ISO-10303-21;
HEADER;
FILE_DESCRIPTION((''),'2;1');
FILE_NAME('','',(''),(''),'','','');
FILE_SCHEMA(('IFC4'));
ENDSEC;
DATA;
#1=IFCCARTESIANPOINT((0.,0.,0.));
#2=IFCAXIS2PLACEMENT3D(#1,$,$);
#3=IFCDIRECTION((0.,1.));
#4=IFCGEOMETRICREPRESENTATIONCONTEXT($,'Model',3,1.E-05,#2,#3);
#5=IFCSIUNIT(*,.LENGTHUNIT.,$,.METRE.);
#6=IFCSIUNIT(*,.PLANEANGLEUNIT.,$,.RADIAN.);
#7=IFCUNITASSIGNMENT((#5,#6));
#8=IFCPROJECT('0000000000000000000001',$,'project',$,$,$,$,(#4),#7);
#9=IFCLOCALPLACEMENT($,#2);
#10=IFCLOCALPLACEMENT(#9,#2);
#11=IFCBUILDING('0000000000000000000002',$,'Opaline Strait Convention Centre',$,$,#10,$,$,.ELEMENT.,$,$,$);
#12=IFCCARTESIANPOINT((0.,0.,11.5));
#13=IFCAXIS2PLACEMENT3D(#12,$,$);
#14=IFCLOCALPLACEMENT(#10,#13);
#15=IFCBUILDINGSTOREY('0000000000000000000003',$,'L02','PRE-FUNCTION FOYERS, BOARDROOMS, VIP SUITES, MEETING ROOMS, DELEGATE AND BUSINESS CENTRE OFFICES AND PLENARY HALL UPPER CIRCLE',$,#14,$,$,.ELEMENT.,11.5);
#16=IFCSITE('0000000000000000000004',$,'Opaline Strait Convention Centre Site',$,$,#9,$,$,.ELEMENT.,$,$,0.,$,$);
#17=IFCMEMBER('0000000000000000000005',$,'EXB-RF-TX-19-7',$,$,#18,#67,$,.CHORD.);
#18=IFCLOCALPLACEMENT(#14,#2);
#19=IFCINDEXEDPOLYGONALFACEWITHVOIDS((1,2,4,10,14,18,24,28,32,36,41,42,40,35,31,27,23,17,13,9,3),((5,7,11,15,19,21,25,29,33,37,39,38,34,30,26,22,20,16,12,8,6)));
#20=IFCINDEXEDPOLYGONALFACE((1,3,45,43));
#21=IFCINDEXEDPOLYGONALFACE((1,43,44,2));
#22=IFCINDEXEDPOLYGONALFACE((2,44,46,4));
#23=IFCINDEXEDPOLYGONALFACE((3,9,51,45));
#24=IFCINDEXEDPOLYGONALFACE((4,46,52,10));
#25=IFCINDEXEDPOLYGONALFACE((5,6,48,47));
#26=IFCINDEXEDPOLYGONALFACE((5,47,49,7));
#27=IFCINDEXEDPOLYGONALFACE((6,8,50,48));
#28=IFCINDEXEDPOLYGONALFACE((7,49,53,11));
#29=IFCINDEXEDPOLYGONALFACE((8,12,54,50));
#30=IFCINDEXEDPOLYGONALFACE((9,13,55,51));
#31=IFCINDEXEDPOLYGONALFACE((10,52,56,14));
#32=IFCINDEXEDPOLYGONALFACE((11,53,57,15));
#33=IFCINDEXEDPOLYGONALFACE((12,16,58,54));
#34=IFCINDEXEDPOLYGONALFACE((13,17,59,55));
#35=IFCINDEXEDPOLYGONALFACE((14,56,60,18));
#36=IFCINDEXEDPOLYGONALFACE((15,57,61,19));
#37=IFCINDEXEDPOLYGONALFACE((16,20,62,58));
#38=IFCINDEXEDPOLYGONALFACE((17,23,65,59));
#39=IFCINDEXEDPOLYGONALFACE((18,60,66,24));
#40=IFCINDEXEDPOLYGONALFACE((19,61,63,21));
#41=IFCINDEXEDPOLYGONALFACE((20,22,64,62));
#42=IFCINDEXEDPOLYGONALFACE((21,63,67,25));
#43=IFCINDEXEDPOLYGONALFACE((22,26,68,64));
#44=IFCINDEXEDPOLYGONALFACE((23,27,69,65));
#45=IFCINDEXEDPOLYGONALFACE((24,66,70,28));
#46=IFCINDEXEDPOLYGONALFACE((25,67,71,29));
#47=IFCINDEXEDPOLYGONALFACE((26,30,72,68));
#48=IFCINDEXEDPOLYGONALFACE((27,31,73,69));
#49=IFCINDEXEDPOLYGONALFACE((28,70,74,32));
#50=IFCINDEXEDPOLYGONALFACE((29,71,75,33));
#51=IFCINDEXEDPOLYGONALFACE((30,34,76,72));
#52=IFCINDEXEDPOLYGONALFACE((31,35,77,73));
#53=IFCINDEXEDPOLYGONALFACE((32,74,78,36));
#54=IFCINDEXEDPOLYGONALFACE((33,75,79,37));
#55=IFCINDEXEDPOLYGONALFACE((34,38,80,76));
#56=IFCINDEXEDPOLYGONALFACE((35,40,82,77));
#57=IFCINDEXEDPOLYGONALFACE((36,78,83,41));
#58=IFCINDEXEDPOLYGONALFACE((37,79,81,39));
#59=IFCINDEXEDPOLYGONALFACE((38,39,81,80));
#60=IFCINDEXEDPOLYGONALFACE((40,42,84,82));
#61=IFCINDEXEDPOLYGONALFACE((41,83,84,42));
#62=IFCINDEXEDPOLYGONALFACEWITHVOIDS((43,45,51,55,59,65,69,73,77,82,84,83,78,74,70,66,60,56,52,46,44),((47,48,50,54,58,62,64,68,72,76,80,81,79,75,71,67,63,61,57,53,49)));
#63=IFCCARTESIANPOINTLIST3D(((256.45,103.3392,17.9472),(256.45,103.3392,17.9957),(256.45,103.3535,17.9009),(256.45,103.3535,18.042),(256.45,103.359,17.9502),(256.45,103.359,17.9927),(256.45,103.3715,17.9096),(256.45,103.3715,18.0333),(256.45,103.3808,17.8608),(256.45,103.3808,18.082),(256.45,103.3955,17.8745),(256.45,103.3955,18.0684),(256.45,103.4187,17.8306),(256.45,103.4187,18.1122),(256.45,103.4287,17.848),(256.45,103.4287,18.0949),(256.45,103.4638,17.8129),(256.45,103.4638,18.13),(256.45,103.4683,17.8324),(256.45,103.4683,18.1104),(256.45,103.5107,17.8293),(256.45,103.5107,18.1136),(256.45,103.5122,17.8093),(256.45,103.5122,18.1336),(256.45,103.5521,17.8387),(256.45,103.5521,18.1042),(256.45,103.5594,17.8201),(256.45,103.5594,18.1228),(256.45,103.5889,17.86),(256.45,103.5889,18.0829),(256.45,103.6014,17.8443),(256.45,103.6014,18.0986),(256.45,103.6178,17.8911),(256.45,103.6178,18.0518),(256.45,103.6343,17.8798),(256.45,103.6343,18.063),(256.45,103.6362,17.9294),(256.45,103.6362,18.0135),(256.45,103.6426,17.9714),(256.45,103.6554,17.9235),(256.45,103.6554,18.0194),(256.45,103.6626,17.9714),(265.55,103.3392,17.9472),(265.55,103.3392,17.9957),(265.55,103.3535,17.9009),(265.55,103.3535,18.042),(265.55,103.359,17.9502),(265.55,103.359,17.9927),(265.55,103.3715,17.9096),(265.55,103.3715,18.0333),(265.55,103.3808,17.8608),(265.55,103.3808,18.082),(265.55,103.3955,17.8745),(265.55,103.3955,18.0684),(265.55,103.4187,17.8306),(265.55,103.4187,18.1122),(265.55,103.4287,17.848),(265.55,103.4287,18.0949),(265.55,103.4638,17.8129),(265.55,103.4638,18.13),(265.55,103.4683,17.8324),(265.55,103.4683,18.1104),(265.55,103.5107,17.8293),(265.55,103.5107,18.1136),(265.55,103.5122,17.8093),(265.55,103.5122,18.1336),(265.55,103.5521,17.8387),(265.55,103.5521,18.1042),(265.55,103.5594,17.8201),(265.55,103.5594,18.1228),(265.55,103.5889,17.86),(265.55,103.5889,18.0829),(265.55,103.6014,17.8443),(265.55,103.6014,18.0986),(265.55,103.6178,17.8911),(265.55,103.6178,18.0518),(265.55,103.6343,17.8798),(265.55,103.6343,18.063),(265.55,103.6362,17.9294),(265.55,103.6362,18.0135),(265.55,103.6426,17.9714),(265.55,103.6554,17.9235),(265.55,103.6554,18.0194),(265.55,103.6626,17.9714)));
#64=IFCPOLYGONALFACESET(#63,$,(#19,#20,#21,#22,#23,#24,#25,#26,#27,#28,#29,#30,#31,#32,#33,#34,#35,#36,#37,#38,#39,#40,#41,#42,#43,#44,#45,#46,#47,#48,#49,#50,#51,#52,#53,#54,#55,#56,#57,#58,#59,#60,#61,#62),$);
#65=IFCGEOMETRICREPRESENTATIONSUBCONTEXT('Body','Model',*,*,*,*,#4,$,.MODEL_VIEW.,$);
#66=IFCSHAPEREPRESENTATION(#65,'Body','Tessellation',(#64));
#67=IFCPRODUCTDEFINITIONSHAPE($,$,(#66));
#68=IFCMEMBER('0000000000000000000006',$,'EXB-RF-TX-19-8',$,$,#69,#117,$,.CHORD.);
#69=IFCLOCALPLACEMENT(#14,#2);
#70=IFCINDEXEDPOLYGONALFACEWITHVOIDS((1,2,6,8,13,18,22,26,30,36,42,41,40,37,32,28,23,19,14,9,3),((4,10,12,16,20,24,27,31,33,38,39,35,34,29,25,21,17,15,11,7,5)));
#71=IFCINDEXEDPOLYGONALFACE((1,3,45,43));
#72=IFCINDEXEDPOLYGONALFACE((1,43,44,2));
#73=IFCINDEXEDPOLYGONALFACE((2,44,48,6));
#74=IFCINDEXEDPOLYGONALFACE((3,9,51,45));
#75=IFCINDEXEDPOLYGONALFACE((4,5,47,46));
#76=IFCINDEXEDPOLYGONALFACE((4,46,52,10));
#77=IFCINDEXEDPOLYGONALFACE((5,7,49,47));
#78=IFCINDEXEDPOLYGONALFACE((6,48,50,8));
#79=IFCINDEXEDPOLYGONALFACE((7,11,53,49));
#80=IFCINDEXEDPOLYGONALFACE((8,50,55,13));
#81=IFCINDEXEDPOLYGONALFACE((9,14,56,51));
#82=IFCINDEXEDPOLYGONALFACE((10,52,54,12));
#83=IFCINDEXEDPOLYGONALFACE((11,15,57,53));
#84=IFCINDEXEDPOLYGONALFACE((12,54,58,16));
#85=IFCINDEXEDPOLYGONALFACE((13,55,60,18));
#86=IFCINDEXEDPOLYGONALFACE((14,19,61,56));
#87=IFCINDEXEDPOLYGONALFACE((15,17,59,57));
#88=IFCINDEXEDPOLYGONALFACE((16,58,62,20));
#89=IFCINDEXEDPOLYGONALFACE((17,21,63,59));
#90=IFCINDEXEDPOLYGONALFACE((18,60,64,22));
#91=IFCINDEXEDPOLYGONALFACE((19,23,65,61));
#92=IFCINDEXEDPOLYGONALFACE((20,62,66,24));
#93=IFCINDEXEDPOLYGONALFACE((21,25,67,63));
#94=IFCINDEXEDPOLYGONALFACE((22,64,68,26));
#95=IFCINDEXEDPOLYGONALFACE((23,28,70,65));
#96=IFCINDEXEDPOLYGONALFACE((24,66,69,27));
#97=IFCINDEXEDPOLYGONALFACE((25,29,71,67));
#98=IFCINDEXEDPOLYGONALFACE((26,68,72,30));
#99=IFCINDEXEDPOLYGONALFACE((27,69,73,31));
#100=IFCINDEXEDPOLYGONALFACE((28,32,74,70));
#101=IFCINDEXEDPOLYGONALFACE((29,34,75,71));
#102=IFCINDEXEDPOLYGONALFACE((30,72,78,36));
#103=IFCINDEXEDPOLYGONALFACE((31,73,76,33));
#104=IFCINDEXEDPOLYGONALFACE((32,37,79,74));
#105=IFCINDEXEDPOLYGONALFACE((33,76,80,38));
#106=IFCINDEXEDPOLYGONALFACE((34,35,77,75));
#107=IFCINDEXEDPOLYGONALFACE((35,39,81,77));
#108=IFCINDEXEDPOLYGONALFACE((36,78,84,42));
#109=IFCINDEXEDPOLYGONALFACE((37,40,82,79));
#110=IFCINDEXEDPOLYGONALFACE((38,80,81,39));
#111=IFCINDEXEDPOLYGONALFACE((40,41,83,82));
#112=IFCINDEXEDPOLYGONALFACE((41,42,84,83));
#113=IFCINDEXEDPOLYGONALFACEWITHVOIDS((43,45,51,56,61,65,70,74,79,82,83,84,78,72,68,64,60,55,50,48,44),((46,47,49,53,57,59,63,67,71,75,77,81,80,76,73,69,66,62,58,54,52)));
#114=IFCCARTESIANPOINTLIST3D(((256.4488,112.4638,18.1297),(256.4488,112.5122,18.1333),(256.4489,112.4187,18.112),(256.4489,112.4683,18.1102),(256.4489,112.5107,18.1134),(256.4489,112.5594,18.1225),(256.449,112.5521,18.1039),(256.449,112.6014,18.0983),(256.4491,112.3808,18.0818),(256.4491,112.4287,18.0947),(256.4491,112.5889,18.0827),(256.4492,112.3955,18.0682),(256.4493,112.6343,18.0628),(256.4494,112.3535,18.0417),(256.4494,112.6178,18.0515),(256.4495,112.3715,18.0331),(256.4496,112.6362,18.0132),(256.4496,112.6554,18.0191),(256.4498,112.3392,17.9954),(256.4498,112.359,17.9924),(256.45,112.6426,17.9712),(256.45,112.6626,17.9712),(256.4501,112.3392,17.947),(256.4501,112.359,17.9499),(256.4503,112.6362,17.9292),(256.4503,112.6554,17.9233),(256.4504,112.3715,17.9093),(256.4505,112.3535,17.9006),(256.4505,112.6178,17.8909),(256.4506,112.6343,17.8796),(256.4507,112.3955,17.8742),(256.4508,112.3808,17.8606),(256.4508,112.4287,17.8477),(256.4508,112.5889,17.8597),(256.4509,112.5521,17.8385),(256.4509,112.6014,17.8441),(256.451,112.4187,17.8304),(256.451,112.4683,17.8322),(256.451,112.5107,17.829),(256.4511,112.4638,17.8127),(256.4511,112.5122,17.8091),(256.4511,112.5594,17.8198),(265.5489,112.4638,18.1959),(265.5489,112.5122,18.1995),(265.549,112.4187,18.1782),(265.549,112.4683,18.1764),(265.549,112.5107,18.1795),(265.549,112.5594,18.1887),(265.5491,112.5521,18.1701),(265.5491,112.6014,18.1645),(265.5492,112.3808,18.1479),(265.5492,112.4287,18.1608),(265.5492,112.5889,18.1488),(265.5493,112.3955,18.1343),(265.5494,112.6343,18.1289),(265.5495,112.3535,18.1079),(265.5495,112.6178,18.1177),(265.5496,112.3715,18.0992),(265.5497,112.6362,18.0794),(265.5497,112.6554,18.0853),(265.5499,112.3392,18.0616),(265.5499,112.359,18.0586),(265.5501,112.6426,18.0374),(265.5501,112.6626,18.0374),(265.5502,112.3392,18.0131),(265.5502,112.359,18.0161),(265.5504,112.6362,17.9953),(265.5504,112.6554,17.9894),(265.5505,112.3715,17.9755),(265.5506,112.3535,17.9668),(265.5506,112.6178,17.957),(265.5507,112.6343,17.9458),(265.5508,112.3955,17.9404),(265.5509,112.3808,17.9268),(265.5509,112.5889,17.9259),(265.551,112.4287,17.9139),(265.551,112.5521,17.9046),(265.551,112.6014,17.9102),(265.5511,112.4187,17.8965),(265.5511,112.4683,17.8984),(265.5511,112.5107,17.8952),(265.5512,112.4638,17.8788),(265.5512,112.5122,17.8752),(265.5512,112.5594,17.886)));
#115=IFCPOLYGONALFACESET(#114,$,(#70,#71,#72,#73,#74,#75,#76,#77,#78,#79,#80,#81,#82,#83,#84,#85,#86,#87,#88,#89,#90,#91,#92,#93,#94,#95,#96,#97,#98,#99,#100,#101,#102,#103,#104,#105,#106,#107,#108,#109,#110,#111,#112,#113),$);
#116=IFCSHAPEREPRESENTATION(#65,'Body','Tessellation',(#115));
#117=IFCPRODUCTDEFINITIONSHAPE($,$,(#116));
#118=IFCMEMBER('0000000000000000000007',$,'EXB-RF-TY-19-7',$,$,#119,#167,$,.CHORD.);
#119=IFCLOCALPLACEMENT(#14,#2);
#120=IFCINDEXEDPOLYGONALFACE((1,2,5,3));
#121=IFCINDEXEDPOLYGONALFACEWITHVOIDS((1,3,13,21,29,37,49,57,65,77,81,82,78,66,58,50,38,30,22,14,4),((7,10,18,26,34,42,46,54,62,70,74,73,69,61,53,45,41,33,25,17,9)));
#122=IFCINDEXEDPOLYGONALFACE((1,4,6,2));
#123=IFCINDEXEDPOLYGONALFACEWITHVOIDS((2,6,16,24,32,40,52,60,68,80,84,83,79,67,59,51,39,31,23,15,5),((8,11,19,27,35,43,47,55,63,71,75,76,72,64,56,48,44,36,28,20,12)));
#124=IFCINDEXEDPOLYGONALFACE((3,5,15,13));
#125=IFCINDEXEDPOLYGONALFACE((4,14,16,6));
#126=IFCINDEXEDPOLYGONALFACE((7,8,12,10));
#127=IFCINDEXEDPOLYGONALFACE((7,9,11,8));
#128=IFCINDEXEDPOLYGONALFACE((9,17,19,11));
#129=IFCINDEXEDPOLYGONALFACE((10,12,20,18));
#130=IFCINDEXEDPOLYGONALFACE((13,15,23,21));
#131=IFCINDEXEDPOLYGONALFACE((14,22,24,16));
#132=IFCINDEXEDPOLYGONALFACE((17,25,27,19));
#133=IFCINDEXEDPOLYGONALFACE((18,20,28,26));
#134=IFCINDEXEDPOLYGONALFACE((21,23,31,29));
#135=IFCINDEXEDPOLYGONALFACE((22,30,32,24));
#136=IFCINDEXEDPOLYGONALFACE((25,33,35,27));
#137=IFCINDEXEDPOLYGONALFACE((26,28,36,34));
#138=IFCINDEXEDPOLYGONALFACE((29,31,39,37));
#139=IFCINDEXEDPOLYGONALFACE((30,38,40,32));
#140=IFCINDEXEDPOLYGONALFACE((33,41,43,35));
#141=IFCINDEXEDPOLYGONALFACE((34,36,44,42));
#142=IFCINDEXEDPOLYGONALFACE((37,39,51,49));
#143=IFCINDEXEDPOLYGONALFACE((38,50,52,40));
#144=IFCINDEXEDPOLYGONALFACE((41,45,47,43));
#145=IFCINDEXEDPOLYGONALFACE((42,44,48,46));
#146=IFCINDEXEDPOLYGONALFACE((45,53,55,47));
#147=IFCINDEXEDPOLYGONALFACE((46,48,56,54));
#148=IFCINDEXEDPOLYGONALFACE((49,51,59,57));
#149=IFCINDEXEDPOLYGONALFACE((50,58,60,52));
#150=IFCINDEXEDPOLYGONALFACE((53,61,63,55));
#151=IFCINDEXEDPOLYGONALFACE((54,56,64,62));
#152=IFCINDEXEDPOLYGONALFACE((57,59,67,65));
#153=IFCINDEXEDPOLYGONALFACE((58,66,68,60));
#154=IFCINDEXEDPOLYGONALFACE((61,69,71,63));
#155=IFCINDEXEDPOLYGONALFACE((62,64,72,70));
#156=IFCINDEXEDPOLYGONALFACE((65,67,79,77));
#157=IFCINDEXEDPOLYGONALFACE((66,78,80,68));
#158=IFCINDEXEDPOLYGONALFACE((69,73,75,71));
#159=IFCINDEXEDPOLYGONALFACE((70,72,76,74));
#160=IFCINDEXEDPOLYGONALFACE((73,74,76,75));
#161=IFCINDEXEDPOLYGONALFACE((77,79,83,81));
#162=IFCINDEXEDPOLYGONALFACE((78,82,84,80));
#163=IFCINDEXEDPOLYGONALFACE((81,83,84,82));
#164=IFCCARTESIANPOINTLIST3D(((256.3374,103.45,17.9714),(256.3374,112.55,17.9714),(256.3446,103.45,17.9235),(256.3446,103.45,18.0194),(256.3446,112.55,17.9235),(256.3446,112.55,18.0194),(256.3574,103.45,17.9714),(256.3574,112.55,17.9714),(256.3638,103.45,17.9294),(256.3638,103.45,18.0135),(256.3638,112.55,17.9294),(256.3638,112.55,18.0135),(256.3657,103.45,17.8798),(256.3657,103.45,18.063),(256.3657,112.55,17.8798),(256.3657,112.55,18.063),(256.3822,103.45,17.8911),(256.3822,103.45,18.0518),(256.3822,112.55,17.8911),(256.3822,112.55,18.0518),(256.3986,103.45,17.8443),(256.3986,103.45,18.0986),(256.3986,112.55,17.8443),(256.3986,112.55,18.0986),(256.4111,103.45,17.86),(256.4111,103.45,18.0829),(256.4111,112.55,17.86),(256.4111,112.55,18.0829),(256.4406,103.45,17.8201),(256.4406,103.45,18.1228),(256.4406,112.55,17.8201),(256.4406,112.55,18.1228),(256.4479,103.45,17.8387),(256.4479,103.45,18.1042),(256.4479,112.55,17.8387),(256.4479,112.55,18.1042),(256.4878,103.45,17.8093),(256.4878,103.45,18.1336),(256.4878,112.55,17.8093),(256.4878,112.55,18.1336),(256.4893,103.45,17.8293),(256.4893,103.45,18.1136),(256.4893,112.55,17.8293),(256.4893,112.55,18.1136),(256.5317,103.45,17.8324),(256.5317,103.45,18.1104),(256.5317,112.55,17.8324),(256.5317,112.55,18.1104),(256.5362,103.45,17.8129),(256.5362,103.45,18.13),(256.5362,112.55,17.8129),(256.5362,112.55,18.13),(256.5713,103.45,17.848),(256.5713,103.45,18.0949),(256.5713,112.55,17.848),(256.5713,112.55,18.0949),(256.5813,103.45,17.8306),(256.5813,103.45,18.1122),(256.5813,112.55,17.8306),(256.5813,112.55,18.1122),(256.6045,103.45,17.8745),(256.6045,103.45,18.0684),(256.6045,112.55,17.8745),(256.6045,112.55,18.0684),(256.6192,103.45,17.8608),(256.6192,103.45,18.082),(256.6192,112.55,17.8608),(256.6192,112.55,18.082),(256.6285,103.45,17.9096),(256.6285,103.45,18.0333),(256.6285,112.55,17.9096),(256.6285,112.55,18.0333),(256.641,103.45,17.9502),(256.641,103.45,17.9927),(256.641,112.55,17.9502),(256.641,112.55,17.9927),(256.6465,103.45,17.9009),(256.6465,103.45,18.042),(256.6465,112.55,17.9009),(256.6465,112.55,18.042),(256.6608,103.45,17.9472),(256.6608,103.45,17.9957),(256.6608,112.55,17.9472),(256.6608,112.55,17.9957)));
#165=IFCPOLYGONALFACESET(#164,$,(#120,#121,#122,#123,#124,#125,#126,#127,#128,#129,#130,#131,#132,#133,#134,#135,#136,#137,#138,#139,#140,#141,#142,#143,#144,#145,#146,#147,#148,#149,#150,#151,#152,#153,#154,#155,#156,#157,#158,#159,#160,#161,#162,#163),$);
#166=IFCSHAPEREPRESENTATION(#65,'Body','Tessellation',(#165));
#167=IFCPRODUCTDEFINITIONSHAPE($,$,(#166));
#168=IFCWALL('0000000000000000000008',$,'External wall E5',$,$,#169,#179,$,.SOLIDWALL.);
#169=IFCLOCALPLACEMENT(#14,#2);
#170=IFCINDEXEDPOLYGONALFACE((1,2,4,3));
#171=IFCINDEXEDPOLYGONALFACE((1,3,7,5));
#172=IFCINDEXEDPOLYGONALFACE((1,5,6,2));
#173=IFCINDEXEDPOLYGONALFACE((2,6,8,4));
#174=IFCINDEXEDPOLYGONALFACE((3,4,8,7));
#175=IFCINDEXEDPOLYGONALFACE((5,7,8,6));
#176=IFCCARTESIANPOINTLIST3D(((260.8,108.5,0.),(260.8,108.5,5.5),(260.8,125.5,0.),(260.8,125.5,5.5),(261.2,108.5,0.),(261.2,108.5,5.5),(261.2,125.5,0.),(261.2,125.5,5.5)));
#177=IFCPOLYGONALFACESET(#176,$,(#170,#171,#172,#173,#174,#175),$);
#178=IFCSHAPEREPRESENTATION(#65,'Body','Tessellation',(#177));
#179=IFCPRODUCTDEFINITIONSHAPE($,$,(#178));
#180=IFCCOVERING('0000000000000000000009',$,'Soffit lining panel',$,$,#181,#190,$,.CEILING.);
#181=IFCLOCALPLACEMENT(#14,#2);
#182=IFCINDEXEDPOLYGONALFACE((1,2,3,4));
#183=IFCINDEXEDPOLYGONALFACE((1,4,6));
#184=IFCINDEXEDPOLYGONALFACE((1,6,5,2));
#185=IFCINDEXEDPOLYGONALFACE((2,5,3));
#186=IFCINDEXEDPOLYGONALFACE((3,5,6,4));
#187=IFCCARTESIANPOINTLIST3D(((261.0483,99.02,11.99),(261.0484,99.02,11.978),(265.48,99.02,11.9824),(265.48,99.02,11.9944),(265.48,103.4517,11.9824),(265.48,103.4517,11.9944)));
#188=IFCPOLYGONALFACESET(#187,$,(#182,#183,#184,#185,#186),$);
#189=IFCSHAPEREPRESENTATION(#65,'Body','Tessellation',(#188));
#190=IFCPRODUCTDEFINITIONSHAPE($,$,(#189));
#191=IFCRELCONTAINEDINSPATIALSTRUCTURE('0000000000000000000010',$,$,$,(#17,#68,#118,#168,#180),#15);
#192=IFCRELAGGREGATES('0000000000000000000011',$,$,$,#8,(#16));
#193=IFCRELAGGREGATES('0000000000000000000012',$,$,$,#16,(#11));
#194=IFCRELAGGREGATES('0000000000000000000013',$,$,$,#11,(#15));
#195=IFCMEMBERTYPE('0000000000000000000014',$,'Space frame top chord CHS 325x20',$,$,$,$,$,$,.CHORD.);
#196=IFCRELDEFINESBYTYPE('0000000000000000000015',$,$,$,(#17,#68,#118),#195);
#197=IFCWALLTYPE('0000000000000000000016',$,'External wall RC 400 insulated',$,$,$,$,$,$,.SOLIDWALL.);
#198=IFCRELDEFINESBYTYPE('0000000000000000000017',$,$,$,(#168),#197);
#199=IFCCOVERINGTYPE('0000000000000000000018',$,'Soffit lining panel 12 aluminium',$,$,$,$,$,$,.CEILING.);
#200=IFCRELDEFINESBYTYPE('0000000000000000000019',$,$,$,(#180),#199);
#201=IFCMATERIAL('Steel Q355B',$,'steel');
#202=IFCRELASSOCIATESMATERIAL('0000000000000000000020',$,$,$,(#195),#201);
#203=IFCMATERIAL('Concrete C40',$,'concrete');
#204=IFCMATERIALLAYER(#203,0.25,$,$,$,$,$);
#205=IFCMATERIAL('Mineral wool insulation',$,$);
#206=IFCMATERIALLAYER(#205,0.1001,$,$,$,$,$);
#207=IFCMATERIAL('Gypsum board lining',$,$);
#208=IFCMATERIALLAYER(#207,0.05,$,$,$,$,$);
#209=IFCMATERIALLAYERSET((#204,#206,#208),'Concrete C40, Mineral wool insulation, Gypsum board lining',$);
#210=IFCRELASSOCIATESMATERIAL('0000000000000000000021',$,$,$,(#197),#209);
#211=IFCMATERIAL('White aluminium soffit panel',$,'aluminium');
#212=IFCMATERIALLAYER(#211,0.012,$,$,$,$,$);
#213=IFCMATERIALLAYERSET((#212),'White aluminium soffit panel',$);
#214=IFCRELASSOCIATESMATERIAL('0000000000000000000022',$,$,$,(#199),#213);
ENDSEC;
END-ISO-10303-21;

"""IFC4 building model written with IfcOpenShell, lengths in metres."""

from ifc_helpers import new_model, si_unit, direction, frame, frame_2d, origin, origin_2d, place, context, subcontext, project, spatial, polyline, rectangle, hollow_circle, outline, extrude, material, layer, layer_set, material_profile, profile_set, type_object, element, save


model = new_model("IFC4")

# Units and contexts
model_context = context("Model", 3, precision=1e-05, world=origin(), true_north=direction((0.0, 1.0)))
body_context = subcontext(model_context, "Body", "Model", "MODEL_VIEW")
ifc_project = project(units=[si_unit("LENGTHUNIT", "METRE"), si_unit("PLANEANGLEUNIT", "RADIAN")], contexts=[model_context])

# Site, building, storey
site_placement = place(None, origin())
site = spatial("IfcSite", under=ifc_project, at=site_placement, Name="Opaline Strait Convention Centre Site", CompositionType="ELEMENT", RefElevation=0.0)
building_placement = place(site_placement, origin())
building = spatial("IfcBuilding", under=site, at=building_placement, Name="Opaline Strait Convention Centre", CompositionType="ELEMENT")
storey_placement = place(building_placement, frame((0.0, 0.0, 11.5)))
storey = spatial("IfcBuildingStorey", under=building, at=storey_placement, Name="L02", Description="PRE-FUNCTION FOYERS, BOARDROOMS, VIP SUITES, MEETING ROOMS, DELEGATE AND BUSINESS CENTRE OFFICES AND PLENARY HALL UPPER CIRCLE", CompositionType="ELEMENT", Elevation=11.5)

# Shared definitions
ifc_material_1 = material(Name="Steel Q355B", Category="steel")

# Members
ifc_material_profile_1 = material_profile(ifc_material_1, hollow_circle(Radius=0.1626, WallThickness=0.02, at=origin_2d()), Name="CHS 325x20")
ifc_profile_set_1 = profile_set([ifc_material_profile_1], Name="Steel Q355B")
member_type_1 = type_object("IfcMemberType", Name="Space frame top chord CHS 325x20", PredefinedType="CHORD", material=ifc_profile_set_1)
member_1_placement = place(storey_placement, frame((256.45, 103.5, 17.9714), z_axis=(1.0, 0.0, 0.0), x_axis=(0.0, 1.0, 0.0)))
element("IfcMember", 1, at=member_1_placement, inside=storey, type_object=member_type_1, Name="EXB-RF-TX-19-7", PredefinedType="CHORD", context=body_context, shape_type="SweptSolid", body=[
    extrude(hollow_circle(Radius=0.1626, WallThickness=0.02, at=origin_2d()), origin(), (0.0, 0.0, 1.0), 9.1001),
])
member_2_placement = place(storey_placement, frame((256.45, 112.5, 17.9712), z_axis=(0.999974, 0.0, 0.00727), x_axis=(0.0, 1.0, 0.0)))
element("IfcMember", 2, at=member_2_placement, inside=storey, type_object=member_type_1, Name="EXB-RF-TX-19-8", PredefinedType="CHORD", context=body_context, shape_type="SweptSolid", body=[
    extrude(hollow_circle(Radius=0.1626, WallThickness=0.02, at=origin_2d()), origin(), (0.0, 0.0, 1.0), 9.1003),
])
member_3_placement = place(storey_placement, frame((256.5, 103.45, 17.9714), z_axis=(0.0, 1.0, 0.0), x_axis=(-1.0, 0.0, 0.0)))
element("IfcMember", 3, at=member_3_placement, inside=storey, type_object=member_type_1, Name="EXB-RF-TY-19-7", PredefinedType="CHORD", context=body_context, shape_type="SweptSolid", body=[
    extrude(hollow_circle(Radius=0.1626, WallThickness=0.02, at=origin_2d()), origin(), (0.0, 0.0, 1.0), 9.1001),
])

# Wall
ifc_material_2 = material(Name="Concrete C40", Category="concrete")
ifc_layer_1 = layer(ifc_material_2, 0.25)
ifc_material_3 = material(Name="Mineral wool insulation")
ifc_layer_2 = layer(ifc_material_3, 0.1001)
ifc_material_4 = material(Name="Gypsum board lining")
ifc_layer_3 = layer(ifc_material_4, 0.05)
ifc_layer_set_1 = layer_set([ifc_layer_1, ifc_layer_2, ifc_layer_3], Name="Concrete C40, Mineral wool insulation, Gypsum board lining")
wall_type = type_object("IfcWallType", Name="External wall RC 400 insulated", PredefinedType="SOLIDWALL", material=ifc_layer_set_1)
wall_placement = place(storey_placement, frame((261.0, 108.5, 0.0), z_axis=(0.0, 0.0, 1.0), x_axis=(0.0, 1.0, 0.0)))
element("IfcWall", 4, at=wall_placement, inside=storey, type_object=wall_type, Name="External wall E5", PredefinedType="SOLIDWALL", context=body_context, shape_type="SweptSolid", body=[
    extrude(rectangle(XDim=17.0, YDim=0.3999, at=frame_2d((8.5, 0.0))), origin(), (0.0, 0.0, 1.0), 5.5),
])

# Covering
ifc_material_5 = material(Name="White aluminium soffit panel", Category="aluminium")
ifc_layer_4 = layer(ifc_material_5, 0.012)
ifc_layer_set_2 = layer_set([ifc_layer_4], Name="White aluminium soffit panel")
covering_type = type_object("IfcCoveringType", Name="Soffit lining panel 12 aluminium", PredefinedType="CEILING", material=ifc_layer_set_2)
covering_1_placement = place(storey_placement, frame((261.0483, 99.02, 11.99), z_axis=(-0.000992, 0.0, 1.0), x_axis=(0.707107, 0.707107, 0.000701)))
element("IfcCovering", 5, at=covering_1_placement, inside=storey, type_object=covering_type, Name="Soffit lining panel", PredefinedType="CEILING", context=body_context, shape_type="SweptSolid", body=[
    extrude(outline(polyline([(0.0, 0.0), (6.2673, 0.0), (3.1336, -3.1336), (0.0, 0.0)])), origin(), (0.0, 0.0, -1.0), 0.012),
])

save(model, "model.ifc")
